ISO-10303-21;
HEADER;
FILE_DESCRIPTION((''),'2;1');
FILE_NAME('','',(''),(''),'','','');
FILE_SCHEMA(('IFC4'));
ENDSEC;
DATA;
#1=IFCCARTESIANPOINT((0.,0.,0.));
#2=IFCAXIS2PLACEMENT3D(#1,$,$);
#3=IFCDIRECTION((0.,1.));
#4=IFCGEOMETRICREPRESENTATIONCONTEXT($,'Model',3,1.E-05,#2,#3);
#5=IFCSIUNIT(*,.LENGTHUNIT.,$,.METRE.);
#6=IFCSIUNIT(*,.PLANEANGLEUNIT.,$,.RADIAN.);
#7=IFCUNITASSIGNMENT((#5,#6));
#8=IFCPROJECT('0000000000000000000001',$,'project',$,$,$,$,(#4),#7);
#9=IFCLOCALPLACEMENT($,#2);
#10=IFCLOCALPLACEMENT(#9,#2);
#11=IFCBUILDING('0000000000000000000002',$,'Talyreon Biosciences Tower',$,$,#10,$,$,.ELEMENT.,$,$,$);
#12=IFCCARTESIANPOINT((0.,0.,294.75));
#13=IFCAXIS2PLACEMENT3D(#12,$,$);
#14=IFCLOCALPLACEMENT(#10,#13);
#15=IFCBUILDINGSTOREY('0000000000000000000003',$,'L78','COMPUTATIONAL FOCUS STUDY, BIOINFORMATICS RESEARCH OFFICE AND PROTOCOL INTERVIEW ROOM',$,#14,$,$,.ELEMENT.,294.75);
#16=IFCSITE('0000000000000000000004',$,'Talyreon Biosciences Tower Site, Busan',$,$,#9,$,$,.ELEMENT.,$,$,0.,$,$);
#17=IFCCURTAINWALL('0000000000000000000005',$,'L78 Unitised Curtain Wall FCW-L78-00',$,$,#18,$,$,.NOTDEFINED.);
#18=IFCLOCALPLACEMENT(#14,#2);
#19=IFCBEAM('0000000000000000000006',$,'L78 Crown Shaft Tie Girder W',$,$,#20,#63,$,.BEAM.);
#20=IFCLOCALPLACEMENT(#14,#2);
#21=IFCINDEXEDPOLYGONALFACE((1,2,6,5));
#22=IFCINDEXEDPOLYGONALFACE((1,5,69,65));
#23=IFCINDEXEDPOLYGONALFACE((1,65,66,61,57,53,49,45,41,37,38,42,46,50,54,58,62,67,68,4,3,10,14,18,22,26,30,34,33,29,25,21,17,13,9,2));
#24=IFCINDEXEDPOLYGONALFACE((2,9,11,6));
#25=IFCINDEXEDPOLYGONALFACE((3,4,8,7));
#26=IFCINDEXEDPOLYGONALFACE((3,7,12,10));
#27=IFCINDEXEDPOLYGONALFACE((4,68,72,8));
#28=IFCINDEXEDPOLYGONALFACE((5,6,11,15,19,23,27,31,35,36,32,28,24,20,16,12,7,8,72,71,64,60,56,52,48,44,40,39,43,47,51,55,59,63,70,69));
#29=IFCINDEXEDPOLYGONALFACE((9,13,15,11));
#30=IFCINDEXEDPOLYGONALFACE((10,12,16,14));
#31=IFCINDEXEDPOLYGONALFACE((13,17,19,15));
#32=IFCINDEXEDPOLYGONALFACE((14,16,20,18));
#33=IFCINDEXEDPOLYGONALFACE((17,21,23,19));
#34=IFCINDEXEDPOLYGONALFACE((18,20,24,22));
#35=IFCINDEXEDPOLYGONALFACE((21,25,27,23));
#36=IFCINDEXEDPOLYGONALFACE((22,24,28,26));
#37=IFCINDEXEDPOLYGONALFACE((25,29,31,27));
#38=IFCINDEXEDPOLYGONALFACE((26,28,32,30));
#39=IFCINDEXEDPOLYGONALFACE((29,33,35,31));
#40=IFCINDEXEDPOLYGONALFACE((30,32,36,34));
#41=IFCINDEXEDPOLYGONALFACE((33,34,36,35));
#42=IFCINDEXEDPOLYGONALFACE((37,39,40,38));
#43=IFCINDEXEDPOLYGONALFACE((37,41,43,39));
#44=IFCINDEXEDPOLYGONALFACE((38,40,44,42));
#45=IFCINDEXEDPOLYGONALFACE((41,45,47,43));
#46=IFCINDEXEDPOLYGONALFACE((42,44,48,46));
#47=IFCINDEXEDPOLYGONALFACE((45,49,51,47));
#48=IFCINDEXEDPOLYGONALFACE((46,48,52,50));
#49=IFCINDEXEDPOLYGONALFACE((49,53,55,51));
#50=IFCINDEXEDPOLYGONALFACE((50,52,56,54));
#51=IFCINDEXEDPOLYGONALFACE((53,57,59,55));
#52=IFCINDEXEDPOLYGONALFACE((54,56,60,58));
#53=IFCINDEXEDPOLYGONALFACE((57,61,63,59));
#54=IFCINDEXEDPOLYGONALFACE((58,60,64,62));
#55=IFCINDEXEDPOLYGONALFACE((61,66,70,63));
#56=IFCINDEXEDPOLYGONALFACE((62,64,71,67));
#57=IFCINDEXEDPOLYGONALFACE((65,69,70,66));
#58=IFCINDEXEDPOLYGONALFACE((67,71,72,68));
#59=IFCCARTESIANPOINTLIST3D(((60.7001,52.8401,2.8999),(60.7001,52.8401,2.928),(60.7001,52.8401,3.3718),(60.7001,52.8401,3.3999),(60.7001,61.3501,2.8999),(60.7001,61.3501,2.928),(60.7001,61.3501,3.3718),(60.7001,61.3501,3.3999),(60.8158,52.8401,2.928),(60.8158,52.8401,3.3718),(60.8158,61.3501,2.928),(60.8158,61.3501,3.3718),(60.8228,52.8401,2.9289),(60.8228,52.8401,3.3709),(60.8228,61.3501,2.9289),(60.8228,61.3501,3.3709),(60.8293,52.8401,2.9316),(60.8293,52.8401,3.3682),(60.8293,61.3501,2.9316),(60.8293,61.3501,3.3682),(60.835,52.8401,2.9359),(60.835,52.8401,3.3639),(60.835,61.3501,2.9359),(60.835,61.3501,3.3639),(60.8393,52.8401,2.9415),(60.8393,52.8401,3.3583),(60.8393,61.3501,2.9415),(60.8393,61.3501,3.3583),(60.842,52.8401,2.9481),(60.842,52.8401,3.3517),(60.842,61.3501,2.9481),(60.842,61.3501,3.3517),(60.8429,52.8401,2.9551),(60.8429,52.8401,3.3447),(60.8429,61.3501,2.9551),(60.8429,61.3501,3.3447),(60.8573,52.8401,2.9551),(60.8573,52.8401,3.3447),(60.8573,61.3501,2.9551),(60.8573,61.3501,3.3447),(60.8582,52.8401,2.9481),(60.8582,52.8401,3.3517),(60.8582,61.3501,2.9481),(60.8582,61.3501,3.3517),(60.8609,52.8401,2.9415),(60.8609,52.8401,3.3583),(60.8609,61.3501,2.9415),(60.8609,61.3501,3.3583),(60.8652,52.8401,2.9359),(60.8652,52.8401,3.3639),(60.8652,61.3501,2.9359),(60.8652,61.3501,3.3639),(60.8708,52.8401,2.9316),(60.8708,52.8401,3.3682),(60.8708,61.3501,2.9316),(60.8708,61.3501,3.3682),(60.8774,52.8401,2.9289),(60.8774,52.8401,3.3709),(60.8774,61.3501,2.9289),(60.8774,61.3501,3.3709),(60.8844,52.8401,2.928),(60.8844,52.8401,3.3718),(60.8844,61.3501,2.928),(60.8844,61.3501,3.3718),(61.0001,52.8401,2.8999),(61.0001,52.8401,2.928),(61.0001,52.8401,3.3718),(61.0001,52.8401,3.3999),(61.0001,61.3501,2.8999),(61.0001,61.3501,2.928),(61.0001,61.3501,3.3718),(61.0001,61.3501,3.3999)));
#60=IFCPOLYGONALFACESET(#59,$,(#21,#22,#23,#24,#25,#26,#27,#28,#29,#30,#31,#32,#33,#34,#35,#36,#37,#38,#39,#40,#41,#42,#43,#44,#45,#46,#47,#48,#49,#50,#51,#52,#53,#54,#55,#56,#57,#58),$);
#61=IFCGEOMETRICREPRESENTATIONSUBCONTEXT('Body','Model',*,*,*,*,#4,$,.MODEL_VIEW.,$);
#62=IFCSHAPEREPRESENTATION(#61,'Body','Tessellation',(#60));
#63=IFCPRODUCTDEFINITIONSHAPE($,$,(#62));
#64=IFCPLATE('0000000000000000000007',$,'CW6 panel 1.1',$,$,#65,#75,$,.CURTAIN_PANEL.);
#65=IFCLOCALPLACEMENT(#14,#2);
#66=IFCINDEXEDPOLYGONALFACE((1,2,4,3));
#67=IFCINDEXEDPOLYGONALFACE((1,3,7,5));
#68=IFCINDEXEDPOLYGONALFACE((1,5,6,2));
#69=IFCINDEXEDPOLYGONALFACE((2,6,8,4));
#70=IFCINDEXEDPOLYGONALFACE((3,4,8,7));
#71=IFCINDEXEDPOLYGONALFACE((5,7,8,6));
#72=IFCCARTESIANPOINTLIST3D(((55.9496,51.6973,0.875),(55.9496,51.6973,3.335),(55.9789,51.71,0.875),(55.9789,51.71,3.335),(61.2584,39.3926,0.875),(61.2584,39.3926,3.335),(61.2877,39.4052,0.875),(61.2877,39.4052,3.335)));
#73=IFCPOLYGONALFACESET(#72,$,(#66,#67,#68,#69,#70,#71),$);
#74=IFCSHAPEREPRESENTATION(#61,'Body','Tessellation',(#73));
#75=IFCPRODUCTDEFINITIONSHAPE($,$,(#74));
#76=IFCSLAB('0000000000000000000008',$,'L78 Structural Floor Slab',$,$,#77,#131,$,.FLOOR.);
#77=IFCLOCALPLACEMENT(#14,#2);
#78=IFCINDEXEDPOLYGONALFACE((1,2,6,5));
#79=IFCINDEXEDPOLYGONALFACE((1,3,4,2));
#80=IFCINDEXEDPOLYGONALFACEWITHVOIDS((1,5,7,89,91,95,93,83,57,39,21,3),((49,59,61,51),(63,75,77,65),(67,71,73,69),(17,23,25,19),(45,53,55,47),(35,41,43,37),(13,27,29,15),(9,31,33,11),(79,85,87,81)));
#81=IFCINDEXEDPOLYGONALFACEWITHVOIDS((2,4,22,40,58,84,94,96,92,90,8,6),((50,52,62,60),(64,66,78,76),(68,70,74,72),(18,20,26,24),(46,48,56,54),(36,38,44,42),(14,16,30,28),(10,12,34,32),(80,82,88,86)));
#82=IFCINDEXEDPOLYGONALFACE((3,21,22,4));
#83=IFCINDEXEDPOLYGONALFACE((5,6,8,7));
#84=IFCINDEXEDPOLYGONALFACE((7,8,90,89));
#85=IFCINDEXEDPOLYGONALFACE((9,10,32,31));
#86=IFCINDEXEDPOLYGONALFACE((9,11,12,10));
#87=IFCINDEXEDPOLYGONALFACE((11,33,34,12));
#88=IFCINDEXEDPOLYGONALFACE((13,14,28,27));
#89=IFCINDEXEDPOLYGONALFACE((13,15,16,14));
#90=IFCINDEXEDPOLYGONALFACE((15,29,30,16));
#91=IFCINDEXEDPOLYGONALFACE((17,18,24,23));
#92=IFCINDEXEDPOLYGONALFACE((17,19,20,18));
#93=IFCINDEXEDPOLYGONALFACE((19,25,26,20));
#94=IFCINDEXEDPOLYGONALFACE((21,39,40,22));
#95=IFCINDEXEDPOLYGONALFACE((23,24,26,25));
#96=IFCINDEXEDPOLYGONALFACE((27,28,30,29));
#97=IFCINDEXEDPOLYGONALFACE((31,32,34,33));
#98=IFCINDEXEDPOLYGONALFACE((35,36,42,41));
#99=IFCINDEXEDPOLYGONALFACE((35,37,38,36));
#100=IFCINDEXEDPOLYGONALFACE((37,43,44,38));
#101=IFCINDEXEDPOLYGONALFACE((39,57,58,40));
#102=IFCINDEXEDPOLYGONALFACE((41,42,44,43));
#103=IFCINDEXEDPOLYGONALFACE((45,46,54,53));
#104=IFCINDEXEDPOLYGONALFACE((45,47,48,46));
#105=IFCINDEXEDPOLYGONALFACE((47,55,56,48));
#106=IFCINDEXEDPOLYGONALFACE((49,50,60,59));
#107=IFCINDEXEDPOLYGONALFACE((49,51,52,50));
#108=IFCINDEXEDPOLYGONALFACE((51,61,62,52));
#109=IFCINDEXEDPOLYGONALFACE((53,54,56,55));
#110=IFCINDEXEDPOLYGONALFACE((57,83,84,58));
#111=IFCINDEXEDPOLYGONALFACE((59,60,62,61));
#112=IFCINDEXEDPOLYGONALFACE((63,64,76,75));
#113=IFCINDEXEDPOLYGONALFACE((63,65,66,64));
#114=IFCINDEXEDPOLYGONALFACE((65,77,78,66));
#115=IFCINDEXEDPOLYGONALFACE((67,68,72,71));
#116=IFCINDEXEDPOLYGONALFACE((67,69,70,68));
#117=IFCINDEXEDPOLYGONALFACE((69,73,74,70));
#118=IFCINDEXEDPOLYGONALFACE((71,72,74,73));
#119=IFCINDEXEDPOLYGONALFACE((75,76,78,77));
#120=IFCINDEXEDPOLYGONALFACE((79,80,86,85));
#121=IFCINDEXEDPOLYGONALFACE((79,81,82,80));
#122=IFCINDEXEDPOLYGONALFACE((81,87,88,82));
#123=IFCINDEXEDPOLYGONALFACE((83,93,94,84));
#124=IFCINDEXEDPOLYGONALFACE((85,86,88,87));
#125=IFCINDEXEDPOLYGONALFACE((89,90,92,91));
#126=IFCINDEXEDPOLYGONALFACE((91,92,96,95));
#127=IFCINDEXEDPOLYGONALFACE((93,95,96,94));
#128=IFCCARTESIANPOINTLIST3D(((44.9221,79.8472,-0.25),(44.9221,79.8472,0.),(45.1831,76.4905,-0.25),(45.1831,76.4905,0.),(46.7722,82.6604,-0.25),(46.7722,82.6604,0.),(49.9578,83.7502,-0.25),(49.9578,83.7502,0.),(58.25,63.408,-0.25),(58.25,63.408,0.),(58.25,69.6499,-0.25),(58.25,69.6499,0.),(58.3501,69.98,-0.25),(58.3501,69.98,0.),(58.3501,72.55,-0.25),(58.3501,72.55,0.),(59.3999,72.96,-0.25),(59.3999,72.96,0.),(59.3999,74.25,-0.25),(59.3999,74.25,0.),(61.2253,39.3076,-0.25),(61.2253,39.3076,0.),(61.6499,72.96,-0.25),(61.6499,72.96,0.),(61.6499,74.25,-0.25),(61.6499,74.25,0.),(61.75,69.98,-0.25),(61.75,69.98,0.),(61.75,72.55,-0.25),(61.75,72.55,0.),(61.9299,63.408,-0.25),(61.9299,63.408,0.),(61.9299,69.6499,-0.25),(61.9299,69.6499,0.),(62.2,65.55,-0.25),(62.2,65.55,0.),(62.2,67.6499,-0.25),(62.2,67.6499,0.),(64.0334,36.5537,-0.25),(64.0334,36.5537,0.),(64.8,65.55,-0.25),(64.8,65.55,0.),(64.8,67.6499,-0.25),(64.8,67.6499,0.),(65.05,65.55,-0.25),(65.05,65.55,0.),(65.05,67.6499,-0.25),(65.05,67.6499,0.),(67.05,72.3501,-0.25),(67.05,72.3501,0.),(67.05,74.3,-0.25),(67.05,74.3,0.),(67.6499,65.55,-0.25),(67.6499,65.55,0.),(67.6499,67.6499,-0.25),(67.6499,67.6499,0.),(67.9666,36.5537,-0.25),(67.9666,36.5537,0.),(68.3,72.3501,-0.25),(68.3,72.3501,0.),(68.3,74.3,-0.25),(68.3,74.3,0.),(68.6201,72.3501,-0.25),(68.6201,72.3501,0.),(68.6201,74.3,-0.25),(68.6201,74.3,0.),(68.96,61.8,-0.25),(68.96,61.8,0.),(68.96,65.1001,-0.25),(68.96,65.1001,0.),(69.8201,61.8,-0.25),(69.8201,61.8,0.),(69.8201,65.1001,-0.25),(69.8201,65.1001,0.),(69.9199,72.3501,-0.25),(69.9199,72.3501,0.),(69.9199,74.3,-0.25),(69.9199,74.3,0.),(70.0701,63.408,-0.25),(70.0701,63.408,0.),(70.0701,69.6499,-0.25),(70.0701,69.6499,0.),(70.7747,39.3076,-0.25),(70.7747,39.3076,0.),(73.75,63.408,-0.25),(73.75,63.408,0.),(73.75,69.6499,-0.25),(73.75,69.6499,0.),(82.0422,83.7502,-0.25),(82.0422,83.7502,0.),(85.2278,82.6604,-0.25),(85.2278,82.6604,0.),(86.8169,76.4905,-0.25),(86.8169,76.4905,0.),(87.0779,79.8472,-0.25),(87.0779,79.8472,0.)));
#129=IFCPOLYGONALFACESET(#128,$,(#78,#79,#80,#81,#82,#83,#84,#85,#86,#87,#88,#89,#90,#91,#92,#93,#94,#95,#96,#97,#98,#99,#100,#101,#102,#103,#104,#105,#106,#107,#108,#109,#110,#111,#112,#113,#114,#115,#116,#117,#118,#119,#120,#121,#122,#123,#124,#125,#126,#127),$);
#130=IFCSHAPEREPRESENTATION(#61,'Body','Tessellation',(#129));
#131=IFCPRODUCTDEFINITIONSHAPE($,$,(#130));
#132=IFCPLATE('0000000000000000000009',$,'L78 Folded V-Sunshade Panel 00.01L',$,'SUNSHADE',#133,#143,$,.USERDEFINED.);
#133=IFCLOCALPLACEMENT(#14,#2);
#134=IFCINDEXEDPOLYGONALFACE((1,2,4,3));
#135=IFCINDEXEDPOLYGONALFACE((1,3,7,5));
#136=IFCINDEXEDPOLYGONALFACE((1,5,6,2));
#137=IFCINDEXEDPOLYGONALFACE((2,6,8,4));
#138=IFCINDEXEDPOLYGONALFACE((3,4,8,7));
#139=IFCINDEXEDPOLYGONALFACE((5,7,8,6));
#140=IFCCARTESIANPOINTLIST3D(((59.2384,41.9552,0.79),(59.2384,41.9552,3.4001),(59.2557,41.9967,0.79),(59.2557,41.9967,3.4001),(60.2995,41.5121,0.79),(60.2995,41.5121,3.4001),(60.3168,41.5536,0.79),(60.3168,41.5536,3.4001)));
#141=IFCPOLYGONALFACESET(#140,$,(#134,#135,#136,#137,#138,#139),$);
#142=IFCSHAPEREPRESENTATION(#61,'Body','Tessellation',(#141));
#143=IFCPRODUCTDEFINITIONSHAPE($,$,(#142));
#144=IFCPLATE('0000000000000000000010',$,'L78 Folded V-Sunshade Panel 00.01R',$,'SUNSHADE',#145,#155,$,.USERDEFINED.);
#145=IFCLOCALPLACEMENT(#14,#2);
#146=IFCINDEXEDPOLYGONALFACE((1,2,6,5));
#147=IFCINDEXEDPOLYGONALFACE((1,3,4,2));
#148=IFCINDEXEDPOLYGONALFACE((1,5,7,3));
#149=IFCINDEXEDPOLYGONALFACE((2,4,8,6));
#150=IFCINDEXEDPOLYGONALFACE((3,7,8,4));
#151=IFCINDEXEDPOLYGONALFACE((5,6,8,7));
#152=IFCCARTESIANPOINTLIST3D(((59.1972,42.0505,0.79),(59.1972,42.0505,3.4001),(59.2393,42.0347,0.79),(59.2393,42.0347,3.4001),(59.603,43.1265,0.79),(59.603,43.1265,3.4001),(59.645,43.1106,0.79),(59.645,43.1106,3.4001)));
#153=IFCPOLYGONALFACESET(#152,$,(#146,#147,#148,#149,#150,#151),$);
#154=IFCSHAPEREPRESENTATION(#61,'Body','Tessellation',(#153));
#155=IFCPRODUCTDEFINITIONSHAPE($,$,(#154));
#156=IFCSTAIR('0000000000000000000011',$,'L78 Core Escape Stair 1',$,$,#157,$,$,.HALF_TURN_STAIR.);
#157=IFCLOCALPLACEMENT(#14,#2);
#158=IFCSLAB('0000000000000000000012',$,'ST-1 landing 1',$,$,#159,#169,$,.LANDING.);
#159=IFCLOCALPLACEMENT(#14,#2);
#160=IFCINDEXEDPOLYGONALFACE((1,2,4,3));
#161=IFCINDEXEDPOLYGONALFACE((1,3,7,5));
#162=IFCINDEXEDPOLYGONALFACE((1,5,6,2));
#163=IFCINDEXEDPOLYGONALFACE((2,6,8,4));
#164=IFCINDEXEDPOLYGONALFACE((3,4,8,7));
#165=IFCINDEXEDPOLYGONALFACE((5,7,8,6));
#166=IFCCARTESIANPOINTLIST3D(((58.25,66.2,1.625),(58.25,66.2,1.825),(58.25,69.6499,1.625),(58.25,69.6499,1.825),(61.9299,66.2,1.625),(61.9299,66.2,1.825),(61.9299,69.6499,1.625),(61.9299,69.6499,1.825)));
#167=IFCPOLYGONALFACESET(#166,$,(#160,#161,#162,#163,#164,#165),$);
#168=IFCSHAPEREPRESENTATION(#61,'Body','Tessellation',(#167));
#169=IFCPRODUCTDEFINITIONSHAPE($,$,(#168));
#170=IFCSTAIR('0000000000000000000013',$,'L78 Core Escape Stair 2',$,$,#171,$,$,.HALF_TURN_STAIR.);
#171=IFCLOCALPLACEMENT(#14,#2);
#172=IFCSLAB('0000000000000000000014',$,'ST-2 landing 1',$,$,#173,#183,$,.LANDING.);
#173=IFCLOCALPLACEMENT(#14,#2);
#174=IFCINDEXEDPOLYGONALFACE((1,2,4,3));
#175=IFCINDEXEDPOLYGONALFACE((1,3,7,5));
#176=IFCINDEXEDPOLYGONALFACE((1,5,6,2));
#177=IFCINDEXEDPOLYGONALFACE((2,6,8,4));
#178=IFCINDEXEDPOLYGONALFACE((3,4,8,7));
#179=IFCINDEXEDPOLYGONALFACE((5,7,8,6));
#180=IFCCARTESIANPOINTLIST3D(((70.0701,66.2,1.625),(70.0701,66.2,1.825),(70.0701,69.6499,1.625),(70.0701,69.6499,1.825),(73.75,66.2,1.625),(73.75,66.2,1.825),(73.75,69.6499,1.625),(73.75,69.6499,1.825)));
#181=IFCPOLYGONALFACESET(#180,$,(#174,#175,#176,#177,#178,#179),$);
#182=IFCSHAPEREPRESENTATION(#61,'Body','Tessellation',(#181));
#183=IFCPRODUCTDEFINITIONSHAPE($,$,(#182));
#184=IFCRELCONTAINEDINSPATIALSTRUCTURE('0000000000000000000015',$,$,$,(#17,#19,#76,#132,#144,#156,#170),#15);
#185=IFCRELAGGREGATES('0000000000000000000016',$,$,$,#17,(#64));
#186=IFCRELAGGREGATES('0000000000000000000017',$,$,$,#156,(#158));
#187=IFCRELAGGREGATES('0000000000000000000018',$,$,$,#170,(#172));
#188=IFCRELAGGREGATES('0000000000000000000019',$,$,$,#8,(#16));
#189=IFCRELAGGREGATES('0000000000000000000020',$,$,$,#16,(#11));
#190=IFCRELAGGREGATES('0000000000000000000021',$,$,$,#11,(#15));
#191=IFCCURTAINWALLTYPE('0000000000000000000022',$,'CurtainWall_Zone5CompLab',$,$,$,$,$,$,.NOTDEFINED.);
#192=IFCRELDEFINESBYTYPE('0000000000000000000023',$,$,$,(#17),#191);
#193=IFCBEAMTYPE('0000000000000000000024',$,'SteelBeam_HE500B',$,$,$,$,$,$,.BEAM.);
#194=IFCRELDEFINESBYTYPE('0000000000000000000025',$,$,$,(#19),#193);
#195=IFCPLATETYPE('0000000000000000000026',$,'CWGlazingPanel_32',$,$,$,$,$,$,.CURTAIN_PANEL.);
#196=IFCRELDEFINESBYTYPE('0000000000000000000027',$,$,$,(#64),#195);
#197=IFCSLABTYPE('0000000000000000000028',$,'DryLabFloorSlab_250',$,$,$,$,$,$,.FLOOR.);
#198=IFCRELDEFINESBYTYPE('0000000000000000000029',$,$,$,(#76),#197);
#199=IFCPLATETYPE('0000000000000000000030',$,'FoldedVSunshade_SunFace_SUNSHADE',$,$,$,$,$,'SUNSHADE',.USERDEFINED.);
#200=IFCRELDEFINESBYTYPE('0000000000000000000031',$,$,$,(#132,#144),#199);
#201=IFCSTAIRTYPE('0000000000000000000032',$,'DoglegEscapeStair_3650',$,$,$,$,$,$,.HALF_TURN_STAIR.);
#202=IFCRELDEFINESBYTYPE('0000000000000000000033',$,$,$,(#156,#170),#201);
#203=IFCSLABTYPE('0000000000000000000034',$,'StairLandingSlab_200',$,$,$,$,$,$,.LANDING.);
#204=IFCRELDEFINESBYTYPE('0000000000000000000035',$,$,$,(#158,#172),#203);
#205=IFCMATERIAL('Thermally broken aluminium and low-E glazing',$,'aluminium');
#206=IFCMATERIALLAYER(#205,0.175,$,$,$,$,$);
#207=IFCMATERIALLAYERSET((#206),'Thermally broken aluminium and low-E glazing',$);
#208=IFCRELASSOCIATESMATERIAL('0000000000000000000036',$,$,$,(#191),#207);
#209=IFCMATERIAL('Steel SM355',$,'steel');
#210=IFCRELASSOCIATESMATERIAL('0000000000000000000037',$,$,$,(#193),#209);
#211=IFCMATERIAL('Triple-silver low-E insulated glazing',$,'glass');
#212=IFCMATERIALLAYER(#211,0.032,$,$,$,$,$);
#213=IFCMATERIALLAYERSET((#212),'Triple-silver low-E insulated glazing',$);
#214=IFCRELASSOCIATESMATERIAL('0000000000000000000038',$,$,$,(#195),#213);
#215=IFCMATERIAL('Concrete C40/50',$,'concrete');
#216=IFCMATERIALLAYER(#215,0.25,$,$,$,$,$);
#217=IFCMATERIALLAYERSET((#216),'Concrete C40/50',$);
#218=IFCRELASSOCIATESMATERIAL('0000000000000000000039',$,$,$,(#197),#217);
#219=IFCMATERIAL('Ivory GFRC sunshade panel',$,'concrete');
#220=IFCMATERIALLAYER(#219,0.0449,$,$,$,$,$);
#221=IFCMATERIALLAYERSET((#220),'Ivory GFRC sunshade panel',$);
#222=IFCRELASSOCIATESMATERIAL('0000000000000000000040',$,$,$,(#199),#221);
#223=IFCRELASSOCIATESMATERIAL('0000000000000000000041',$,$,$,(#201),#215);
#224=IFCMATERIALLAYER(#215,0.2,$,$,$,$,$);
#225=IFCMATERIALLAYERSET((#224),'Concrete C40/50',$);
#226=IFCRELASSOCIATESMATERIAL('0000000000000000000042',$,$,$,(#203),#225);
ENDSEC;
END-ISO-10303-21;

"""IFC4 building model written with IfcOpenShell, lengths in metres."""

from ifc_helpers import new_model, si_unit, direction, frame, origin, origin_2d, place, context, subcontext, project, spatial, polyline, rectangle, i_section, outline, extrude, material, layer, layer_set, material_profile, profile_set, type_object, element, aggregate, save


model = new_model("IFC4")

# Units and contexts
model_context = context("Model", 3, precision=1e-05, world=origin(), true_north=direction((0.0, 1.0)))
body_context = subcontext(model_context, "Body", "Model", "MODEL_VIEW")
ifc_project = project(units=[si_unit("LENGTHUNIT", "METRE"), si_unit("PLANEANGLEUNIT", "RADIAN")], contexts=[model_context])

# Site, building, storey
site_placement = place(None, origin())
site = spatial("IfcSite", under=ifc_project, at=site_placement, Name="Talyreon Biosciences Tower Site, Busan", CompositionType="ELEMENT", RefElevation=0.0)
building_placement = place(site_placement, origin())
building = spatial("IfcBuilding", under=site, at=building_placement, Name="Talyreon Biosciences Tower", CompositionType="ELEMENT")
storey_placement = place(building_placement, frame((0.0, 0.0, 294.75)))
storey = spatial("IfcBuildingStorey", under=building, at=storey_placement, Name="L78", Description="COMPUTATIONAL FOCUS STUDY, BIOINFORMATICS RESEARCH OFFICE AND PROTOCOL INTERVIEW ROOM", CompositionType="ELEMENT", Elevation=294.75)

# Curtain wall
ifc_material_1 = material(Name="Thermally broken aluminium and low-E glazing", Category="aluminium")
ifc_layer_1 = layer(ifc_material_1, 0.175)
ifc_layer_set_1 = layer_set([ifc_layer_1], Name="Thermally broken aluminium and low-E glazing")
curtain_wall_type = type_object("IfcCurtainWallType", Name="CurtainWall_Zone5CompLab", PredefinedType="NOTDEFINED", material=ifc_layer_set_1)
curtain_wall_placement = place(storey_placement, origin())
curtain_wall = element("IfcCurtainWall", 1, at=curtain_wall_placement, inside=storey, type_object=curtain_wall_type, Name="L78 Unitised Curtain Wall FCW-L78-00", PredefinedType="NOTDEFINED")

# Beam
ifc_material_2 = material(Name="Steel SM355", Category="steel")
ifc_material_profile_1 = material_profile(ifc_material_2, i_section(OverallWidth=0.3, OverallDepth=0.5, WebThickness=0.0144, FlangeThickness=0.0281, FilletRadius=0.0271, at=origin_2d()), Name="HE500B")
ifc_profile_set_1 = profile_set([ifc_material_profile_1], Name="Steel SM355")
beam_type_1 = type_object("IfcBeamType", Name="SteelBeam_HE500B", PredefinedType="BEAM", material=ifc_profile_set_1)
beam_1_placement = place(storey_placement, frame((60.8501, 52.8401, 3.1499), z_axis=(0.0, 1.0, 0.0), x_axis=(-1.0, 0.0, 0.0)))
element("IfcBeam", 2, at=beam_1_placement, inside=storey, type_object=beam_type_1, Name="L78 Crown Shaft Tie Girder W", PredefinedType="BEAM", context=body_context, shape_type="SweptSolid", body=[
    extrude(i_section(OverallWidth=0.3, OverallDepth=0.5, WebThickness=0.0144, FlangeThickness=0.0281, FilletRadius=0.0271, at=origin_2d()), origin(), (0.0, 0.0, 1.0), 8.51),
])

# Plate
ifc_material_3 = material(Name="Triple-silver low-E insulated glazing", Category="glass")
ifc_layer_2 = layer(ifc_material_3, 0.032)
ifc_layer_set_2 = layer_set([ifc_layer_2], Name="Triple-silver low-E insulated glazing")
plate_type_1 = type_object("IfcPlateType", Name="CWGlazingPanel_32", PredefinedType="CURTAIN_PANEL", material=ifc_layer_set_2)
plate_placement = place(storey_placement, frame((58.6187, 45.5513, 0.875), z_axis=(0.0, 0.0, 1.0), x_axis=(-0.396147, 0.918187, 0.0)))
plate = element("IfcPlate", 3, at=plate_placement, type_object=plate_type_1, Name="CW6 panel 1.1", PredefinedType="CURTAIN_PANEL", context=body_context, shape_type="SweptSolid", body=[
    extrude(rectangle(XDim=13.4011, YDim=0.032, at=origin_2d()), origin(), (0.0, 0.0, 1.0), 2.46),
])
aggregate(curtain_wall, [plate])

# Slab
ifc_material_4 = material(Name="Concrete C40/50", Category="concrete")
ifc_layer_3 = layer(ifc_material_4, 0.25)
ifc_layer_set_3 = layer_set([ifc_layer_3], Name="Concrete C40/50")
slab_type_1 = type_object("IfcSlabType", Name="DryLabFloorSlab_250", PredefinedType="FLOOR", material=ifc_layer_set_3)
slab_1_placement = place(storey_placement, frame((0.0, 0.0, -0.25)))
element("IfcSlab", 4, at=slab_1_placement, inside=storey, type_object=slab_type_1, Name="L78 Structural Floor Slab", PredefinedType="FLOOR", context=body_context, shape_type="SweptSolid", body=[
    extrude(outline(polyline([(61.2253, 39.3076), (45.1831, 76.4905), (44.9221, 79.8472), (46.7722, 82.6604), (49.9578, 83.7502), (82.0422, 83.7502), (85.2278, 82.6604), (87.0779, 79.8472), (86.8169, 76.4905), (70.7747, 39.3076), (67.9666, 36.5537), (64.0334, 36.5537), (61.2253, 39.3076)]), holes=[polyline([(69.8201, 65.1001), (69.8201, 61.8), (68.96, 61.8), (68.96, 65.1001), (69.8201, 65.1001)]), polyline([(61.9299, 69.6499), (61.9299, 63.408), (58.25, 63.408), (58.25, 69.6499), (61.9299, 69.6499)]), polyline([(73.75, 69.6499), (73.75, 63.408), (70.0701, 63.408), (70.0701, 69.6499), (73.75, 69.6499)]), polyline([(64.8, 67.6499), (64.8, 65.55), (62.2, 65.55), (62.2, 67.6499), (64.8, 67.6499)]), polyline([(67.6499, 67.6499), (67.6499, 65.55), (65.05, 65.55), (65.05, 67.6499), (67.6499, 67.6499)]), polyline([(61.75, 72.55), (61.75, 69.98), (58.3501, 69.98), (58.3501, 72.55), (61.75, 72.55)]), polyline([(68.3, 74.3), (68.3, 72.3501), (67.05, 72.3501), (67.05, 74.3), (68.3, 74.3)]), polyline([(69.9199, 72.3501), (68.6201, 72.3501), (68.6201, 74.3), (69.9199, 74.3), (69.9199, 72.3501)]), polyline([(61.6499, 72.96), (59.3999, 72.96), (59.3999, 74.25), (61.6499, 74.25), (61.6499, 72.96)])]), origin(), (0.0, 0.0, 1.0), 0.25),
])

# Plates
ifc_material_5 = material(Name="Ivory GFRC sunshade panel", Category="concrete")
ifc_layer_4 = layer(ifc_material_5, 0.0449)
ifc_layer_set_4 = layer_set([ifc_layer_4], Name="Ivory GFRC sunshade panel")
plate_type_2 = type_object("IfcPlateType", Name="FoldedVSunshade_SunFace_SUNSHADE", ElementType="SUNSHADE", PredefinedType="USERDEFINED", material=ifc_layer_set_4)
for number, where, z_axis, x_axis, name in (
    (5, (59.7776, 41.7544, 0.79), (0.0, 0.0, 1.0), (-0.922787, 0.38531, 0.0), "L78 Folded V-Sunshade Panel 00.01L"),
    (6, (59.4211, 42.5806, 0.79), (0.0, 0.0, 1.0), (0.352871, 0.935672, 0.0), "L78 Folded V-Sunshade Panel 00.01R"),
):
    element("IfcPlate", number, at=place(storey_placement, frame(where, z_axis=z_axis, x_axis=x_axis)), inside=storey, type_object=plate_type_2, Name=name, ObjectType="SUNSHADE", PredefinedType="USERDEFINED", context=body_context, shape_type="SweptSolid", body=[
        extrude(rectangle(XDim=1.1499, YDim=0.0449, at=origin_2d()), origin(), (0.0, 0.0, 1.0), 2.6101),
    ])

# Stairs, slabs
stair_type = type_object("IfcStairType", Name="DoglegEscapeStair_3650", PredefinedType="HALF_TURN_STAIR", material=ifc_material_4)
stair_1_placement = place(storey_placement, origin())
stair_1 = element("IfcStair", 7, at=stair_1_placement, inside=storey, type_object=stair_type, Name="L78 Core Escape Stair 1", PredefinedType="HALF_TURN_STAIR")
ifc_layer_5 = layer(ifc_material_4, 0.2)
ifc_layer_set_5 = layer_set([ifc_layer_5], Name="Concrete C40/50")
slab_type_2 = type_object("IfcSlabType", Name="StairLandingSlab_200", PredefinedType="LANDING", material=ifc_layer_set_5)
slab_2_placement = place(storey_placement, frame((0.0, 0.0, 1.625)))
slab_2 = element("IfcSlab", 8, at=slab_2_placement, type_object=slab_type_2, Name="ST-1 landing 1", PredefinedType="LANDING", context=body_context, shape_type="SweptSolid", body=[
    extrude(outline(polyline([(61.9299, 66.2), (61.9299, 69.6499), (58.25, 69.6499), (58.25, 66.2), (61.9299, 66.2)])), origin(), (0.0, 0.0, 1.0), 0.2),
])
aggregate(stair_1, [slab_2])
stair_2_placement = place(storey_placement, origin())
stair_2 = element("IfcStair", 9, at=stair_2_placement, inside=storey, type_object=stair_type, Name="L78 Core Escape Stair 2", PredefinedType="HALF_TURN_STAIR")
slab_3_placement = place(storey_placement, frame((0.0, 0.0, 1.625)))
slab_3 = element("IfcSlab", 10, at=slab_3_placement, type_object=slab_type_2, Name="ST-2 landing 1", PredefinedType="LANDING", context=body_context, shape_type="SweptSolid", body=[
    extrude(outline(polyline([(73.75, 66.2), (73.75, 69.6499), (70.0701, 69.6499), (70.0701, 66.2), (73.75, 66.2)])), origin(), (0.0, 0.0, 1.0), 0.2),
])
aggregate(stair_2, [slab_3])

save(model, "model.ifc")
